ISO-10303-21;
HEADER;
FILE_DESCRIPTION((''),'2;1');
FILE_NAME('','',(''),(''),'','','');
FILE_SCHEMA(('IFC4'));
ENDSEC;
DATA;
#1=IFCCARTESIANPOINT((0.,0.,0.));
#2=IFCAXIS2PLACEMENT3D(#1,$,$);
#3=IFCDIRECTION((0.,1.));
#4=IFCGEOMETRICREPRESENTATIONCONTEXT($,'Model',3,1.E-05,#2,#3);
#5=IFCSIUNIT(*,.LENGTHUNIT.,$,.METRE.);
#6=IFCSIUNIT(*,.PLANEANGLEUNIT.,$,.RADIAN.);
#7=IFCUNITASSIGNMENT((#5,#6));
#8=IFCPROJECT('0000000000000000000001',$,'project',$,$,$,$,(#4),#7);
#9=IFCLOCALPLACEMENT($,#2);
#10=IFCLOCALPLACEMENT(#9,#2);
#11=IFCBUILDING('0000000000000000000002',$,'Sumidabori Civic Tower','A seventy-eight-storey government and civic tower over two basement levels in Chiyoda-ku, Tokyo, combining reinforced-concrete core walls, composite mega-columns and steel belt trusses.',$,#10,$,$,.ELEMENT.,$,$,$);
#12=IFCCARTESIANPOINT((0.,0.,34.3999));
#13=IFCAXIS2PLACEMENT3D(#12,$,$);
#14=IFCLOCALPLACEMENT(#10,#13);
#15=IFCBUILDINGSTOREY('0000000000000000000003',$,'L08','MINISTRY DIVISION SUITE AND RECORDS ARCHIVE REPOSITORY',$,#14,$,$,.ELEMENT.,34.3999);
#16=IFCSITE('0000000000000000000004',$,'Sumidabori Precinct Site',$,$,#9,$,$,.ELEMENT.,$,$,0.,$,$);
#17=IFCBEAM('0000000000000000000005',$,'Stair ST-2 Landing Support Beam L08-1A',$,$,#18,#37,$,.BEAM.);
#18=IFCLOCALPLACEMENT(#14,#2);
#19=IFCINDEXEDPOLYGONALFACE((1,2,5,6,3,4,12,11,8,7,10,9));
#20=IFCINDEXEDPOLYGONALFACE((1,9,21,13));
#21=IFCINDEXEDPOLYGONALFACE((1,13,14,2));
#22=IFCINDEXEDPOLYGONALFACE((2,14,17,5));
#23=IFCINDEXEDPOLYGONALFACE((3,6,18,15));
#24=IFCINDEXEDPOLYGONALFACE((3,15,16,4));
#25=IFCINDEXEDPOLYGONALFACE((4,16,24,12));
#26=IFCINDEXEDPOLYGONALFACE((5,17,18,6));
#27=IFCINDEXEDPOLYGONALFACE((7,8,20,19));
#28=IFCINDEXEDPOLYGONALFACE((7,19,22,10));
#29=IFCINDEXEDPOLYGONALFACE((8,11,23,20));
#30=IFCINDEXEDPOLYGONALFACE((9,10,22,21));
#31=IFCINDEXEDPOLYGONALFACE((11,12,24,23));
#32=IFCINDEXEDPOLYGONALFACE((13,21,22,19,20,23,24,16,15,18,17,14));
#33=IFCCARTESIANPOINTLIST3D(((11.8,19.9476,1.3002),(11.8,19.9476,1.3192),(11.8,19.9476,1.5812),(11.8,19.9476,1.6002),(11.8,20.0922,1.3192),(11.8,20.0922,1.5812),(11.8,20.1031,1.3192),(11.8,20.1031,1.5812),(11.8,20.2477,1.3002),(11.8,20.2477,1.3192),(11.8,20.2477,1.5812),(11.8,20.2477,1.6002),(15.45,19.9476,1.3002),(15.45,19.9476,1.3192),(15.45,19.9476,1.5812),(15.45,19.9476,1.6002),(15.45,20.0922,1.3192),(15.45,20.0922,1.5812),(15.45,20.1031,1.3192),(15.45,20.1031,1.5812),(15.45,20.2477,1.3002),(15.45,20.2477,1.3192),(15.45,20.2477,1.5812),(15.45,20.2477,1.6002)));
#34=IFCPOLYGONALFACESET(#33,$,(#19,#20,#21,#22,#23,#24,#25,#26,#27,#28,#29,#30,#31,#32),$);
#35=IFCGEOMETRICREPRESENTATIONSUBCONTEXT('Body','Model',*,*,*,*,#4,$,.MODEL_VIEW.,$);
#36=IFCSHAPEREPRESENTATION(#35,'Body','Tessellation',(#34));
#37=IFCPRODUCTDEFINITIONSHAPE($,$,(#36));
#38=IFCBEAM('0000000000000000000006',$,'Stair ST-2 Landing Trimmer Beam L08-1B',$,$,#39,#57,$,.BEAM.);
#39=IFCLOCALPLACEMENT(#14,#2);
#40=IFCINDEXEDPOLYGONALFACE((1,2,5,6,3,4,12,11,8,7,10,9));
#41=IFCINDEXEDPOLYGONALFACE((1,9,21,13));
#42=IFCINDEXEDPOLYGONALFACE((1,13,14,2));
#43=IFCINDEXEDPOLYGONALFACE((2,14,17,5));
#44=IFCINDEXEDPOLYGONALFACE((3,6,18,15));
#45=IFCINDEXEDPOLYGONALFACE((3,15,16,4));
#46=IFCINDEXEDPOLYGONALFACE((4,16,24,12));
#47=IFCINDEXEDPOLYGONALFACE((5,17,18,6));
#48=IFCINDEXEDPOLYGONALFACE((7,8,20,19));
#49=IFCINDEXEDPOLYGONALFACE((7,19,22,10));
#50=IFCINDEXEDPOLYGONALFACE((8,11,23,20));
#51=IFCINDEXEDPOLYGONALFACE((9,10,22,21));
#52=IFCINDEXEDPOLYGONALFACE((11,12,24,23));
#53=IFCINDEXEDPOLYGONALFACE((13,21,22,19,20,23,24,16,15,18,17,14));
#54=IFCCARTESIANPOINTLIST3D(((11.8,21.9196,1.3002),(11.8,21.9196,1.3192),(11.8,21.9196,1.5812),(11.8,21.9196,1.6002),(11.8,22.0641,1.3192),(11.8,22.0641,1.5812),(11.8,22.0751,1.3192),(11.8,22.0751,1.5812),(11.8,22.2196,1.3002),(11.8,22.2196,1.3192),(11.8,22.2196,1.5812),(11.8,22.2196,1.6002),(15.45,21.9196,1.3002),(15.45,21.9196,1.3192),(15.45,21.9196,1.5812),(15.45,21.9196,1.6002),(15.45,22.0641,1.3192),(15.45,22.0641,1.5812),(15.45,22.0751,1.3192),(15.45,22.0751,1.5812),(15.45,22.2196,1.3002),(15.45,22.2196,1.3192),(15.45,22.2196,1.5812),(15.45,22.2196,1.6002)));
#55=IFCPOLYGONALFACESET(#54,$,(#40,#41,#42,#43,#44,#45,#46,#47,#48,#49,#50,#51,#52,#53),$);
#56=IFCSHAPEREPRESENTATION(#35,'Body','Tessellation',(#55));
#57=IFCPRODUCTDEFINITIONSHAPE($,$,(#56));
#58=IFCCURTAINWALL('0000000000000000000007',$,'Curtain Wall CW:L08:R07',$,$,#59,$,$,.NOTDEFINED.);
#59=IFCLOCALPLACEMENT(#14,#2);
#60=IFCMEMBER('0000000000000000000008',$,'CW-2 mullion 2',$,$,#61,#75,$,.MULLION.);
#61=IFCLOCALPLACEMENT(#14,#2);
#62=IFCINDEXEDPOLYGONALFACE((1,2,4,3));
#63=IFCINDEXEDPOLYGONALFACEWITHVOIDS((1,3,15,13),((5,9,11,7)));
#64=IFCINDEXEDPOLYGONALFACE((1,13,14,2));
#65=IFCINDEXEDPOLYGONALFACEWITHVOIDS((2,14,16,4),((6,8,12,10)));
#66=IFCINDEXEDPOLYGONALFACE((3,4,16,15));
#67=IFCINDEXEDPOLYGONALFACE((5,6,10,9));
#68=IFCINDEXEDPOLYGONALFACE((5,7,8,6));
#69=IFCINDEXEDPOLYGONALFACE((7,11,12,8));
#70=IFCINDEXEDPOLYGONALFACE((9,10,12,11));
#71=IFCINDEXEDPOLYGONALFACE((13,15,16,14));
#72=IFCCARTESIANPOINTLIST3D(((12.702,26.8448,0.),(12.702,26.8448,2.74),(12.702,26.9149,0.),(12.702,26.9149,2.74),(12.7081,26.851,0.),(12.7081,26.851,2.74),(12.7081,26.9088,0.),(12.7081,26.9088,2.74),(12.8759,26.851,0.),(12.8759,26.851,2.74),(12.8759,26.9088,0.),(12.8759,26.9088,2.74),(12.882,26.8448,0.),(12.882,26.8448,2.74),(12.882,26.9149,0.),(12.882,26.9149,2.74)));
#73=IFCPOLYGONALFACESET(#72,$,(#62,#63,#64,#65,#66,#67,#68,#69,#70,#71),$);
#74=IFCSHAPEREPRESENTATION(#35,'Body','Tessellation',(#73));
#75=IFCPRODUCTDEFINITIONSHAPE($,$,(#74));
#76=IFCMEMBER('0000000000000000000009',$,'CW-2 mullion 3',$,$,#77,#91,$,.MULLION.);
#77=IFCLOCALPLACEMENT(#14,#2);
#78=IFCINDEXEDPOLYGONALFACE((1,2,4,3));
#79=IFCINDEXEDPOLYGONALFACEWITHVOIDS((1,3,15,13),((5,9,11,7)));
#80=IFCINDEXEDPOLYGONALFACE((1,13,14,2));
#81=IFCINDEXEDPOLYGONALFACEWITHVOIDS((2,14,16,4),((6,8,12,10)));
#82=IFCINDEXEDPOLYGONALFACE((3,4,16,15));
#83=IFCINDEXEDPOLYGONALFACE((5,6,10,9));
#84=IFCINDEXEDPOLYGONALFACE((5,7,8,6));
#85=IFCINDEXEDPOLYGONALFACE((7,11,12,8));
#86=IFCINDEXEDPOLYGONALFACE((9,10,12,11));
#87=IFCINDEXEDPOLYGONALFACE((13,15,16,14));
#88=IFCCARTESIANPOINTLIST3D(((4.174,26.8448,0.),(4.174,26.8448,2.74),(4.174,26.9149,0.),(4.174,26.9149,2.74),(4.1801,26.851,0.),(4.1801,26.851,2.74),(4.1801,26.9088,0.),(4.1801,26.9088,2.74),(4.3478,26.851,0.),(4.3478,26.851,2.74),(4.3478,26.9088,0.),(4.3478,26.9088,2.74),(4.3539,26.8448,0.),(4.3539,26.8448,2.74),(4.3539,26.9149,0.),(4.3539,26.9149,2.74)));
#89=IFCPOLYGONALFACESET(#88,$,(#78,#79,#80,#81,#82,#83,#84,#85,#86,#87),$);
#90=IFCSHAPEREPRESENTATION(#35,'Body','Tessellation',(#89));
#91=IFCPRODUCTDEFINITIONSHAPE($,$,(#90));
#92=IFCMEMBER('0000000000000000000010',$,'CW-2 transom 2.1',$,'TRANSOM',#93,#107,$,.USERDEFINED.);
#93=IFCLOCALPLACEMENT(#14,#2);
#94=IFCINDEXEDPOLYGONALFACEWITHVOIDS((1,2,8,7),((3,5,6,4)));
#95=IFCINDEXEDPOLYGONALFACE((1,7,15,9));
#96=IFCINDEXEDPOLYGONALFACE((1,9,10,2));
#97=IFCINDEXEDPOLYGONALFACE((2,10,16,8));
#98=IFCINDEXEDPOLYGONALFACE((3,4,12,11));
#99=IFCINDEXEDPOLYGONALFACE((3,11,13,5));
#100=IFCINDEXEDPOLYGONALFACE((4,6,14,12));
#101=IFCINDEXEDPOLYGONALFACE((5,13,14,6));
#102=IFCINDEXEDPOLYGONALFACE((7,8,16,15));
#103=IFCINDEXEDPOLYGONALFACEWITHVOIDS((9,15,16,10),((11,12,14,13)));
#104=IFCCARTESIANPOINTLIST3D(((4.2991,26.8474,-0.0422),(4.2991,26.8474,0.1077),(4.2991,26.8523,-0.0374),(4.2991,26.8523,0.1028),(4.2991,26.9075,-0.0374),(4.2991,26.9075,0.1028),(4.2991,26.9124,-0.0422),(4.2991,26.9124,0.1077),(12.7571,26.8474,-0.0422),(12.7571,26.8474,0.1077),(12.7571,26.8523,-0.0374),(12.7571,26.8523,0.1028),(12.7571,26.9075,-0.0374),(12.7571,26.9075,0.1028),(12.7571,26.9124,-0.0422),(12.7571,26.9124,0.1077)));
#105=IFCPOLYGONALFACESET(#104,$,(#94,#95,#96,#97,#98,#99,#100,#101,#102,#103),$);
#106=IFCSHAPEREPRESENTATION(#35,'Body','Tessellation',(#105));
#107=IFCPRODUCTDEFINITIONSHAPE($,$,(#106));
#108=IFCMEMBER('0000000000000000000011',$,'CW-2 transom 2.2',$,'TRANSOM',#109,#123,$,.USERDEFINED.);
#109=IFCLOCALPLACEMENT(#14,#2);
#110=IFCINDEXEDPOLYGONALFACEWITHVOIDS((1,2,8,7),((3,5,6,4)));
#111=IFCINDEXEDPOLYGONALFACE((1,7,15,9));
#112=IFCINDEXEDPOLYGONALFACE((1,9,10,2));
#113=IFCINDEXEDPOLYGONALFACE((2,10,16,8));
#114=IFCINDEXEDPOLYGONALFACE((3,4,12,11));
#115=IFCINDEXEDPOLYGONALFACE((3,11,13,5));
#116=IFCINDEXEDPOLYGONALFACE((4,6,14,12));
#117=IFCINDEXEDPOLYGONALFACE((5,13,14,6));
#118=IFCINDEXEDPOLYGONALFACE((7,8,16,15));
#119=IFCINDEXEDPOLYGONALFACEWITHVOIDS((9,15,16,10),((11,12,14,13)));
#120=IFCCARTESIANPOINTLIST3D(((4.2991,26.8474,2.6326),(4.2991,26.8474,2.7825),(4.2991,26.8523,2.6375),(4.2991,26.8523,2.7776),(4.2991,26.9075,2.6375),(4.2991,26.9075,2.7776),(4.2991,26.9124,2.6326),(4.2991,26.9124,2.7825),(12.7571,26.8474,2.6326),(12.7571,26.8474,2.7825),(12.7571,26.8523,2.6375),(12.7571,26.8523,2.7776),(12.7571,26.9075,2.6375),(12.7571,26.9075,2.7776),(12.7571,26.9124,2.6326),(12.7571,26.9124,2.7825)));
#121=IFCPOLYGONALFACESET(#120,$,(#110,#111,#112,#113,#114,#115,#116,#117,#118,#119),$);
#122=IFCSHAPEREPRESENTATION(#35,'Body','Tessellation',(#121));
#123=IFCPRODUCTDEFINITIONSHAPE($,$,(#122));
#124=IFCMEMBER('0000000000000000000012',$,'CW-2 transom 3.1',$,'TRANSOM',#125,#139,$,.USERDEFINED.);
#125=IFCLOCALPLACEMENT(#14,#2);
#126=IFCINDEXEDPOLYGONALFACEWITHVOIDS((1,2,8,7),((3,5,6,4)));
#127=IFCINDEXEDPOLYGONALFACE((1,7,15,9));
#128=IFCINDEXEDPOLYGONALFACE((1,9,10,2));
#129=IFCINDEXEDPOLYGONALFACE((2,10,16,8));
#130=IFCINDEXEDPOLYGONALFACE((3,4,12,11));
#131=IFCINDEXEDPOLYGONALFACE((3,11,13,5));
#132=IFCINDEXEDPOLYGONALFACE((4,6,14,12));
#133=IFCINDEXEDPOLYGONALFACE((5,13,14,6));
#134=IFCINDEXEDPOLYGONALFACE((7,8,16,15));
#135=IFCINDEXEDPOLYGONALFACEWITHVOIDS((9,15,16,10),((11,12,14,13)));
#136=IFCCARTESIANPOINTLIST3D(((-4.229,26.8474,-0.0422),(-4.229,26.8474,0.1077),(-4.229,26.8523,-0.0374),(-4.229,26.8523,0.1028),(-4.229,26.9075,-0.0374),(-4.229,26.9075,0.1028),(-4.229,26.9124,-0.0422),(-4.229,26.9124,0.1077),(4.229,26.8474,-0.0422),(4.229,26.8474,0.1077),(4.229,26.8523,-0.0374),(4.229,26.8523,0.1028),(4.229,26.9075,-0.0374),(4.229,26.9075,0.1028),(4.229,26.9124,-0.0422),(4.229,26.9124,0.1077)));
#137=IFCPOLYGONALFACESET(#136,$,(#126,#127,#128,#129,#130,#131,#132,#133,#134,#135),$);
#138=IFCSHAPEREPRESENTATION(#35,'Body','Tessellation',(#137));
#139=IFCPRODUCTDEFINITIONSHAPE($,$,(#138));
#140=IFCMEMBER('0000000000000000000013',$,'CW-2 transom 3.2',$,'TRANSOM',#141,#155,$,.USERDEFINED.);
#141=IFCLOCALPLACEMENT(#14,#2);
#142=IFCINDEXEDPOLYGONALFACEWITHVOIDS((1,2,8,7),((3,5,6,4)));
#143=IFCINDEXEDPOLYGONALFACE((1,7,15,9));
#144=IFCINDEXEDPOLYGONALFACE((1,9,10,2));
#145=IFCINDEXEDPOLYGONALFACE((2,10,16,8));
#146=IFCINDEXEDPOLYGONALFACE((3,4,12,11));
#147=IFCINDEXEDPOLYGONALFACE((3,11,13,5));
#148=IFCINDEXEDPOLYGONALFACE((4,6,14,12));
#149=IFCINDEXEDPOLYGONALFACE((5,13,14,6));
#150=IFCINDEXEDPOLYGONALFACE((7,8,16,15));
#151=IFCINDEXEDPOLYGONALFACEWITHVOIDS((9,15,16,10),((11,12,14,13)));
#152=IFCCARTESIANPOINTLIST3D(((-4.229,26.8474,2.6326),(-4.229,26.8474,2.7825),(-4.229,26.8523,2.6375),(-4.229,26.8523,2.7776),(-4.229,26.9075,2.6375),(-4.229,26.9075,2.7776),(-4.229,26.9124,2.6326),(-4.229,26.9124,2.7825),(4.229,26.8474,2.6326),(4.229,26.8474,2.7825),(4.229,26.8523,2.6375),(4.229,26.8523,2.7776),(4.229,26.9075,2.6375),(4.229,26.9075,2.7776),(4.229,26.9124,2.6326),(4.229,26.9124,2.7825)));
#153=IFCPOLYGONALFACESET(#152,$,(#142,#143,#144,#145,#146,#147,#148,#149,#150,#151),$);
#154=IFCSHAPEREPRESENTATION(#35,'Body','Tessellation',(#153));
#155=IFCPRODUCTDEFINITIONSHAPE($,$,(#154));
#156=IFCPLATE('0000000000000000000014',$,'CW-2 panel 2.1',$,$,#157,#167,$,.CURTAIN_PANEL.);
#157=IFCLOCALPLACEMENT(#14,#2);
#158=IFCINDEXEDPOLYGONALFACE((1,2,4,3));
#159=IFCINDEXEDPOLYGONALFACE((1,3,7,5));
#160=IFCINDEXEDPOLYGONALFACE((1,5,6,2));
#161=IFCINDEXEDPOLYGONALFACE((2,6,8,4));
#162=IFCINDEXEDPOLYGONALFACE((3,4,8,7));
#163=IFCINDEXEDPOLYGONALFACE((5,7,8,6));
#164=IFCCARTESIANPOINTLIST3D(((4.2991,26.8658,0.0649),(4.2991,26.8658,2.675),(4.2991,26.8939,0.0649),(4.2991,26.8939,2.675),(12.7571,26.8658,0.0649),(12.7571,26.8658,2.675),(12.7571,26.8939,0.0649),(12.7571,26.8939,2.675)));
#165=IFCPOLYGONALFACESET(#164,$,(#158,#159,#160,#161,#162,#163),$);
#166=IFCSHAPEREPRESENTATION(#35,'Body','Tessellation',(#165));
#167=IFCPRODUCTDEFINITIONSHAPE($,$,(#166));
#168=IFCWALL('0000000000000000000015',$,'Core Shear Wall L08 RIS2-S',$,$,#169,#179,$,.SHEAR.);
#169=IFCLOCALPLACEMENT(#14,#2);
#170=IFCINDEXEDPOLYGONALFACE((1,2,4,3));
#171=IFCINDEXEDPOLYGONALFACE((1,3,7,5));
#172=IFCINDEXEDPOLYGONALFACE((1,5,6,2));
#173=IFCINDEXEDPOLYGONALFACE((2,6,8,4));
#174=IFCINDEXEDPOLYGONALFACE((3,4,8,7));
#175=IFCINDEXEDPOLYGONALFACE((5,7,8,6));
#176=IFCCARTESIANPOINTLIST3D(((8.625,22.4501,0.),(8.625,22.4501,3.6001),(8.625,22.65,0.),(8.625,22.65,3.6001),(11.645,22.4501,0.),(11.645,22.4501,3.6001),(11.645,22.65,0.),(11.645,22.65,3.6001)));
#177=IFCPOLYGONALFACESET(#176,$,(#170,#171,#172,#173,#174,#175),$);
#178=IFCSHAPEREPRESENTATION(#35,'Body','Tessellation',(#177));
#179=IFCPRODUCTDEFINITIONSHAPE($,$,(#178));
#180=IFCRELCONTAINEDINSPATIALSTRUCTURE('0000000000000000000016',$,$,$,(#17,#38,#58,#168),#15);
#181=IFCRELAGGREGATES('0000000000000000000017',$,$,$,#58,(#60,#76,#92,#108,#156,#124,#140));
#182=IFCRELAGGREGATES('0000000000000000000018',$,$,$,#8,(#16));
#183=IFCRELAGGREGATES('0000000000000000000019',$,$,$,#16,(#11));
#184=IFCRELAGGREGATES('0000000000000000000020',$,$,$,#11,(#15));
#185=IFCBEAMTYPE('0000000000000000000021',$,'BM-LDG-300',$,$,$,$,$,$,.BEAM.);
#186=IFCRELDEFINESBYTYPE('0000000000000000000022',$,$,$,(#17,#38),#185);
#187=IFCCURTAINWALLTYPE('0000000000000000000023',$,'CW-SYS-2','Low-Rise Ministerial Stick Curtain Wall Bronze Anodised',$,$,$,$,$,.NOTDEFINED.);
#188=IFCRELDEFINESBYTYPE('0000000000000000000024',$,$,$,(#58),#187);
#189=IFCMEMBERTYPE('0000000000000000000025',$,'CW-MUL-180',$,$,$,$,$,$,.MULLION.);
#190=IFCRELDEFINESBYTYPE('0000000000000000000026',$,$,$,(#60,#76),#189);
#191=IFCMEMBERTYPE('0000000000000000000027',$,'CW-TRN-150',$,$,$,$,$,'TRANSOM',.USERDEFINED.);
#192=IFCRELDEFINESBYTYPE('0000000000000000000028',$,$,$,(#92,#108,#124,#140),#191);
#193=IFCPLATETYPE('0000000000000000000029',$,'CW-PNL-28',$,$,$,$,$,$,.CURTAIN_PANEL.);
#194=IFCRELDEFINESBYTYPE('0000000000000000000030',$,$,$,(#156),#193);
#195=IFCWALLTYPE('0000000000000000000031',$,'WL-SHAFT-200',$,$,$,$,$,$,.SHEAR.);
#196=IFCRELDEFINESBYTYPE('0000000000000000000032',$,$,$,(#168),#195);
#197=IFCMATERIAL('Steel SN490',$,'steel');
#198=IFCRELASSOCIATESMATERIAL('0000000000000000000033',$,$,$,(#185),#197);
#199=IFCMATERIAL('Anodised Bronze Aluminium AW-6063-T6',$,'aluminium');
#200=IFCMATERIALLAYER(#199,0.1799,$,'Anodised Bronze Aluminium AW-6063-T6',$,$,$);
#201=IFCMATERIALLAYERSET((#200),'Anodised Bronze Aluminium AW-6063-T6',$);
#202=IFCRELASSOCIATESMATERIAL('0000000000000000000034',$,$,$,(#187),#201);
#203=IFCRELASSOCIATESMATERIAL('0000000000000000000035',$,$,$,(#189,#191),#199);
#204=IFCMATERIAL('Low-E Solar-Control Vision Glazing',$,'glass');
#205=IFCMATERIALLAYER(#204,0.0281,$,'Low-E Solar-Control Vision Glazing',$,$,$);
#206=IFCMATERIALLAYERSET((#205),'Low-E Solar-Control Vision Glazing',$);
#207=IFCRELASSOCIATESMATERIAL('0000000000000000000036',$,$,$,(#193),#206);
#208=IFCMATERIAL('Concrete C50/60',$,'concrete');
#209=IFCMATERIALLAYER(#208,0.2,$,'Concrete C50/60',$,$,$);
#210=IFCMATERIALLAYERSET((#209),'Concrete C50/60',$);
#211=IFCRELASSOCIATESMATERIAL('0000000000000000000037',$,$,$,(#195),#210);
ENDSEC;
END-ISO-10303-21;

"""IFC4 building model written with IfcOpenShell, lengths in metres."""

from ifc_helpers import new_model, si_unit, direction, frame, frame_2d, origin, origin_2d, place, context, subcontext, project, spatial, rectangle, hollow_rectangle, i_section, extrude, source, transform, mapped, material, layer, layer_set, material_profile, profile_set, type_object, element, aggregate, save


model = new_model("IFC4")

# Units and contexts
model_context = context("Model", 3, precision=1e-05, world=origin(), true_north=direction((0.0, 1.0)))
body_context = subcontext(model_context, "Body", "Model", "MODEL_VIEW")
ifc_project = project(units=[si_unit("LENGTHUNIT", "METRE"), si_unit("PLANEANGLEUNIT", "RADIAN")], contexts=[model_context])

# Site, building, storey
site_placement = place(None, origin())
site = spatial("IfcSite", under=ifc_project, at=site_placement, Name="Sumidabori Precinct Site", CompositionType="ELEMENT", RefElevation=0.0)
building_placement = place(site_placement, origin())
building = spatial("IfcBuilding", under=site, at=building_placement, Name="Sumidabori Civic Tower", Description="A seventy-eight-storey government and civic tower over two basement levels in Chiyoda-ku, Tokyo, combining reinforced-concrete core walls, composite mega-columns and steel belt trusses.", CompositionType="ELEMENT")
storey_placement = place(building_placement, frame((0.0, 0.0, 34.3999)))
storey = spatial("IfcBuildingStorey", under=building, at=storey_placement, Name="L08", Description="MINISTRY DIVISION SUITE AND RECORDS ARCHIVE REPOSITORY", CompositionType="ELEMENT", Elevation=34.3999)

# Beams
ifc_material_1 = material(Name="Steel SN490", Category="steel")
ifc_material_profile_1 = material_profile(ifc_material_1, i_section(OverallWidth=0.3, OverallDepth=0.3, WebThickness=0.011, FlangeThickness=0.019, at=origin_2d()), Name="HE 300 B")
ifc_profile_set_1 = profile_set([ifc_material_profile_1], Name="Steel SN490")
beam_type = type_object("IfcBeamType", Name="BM-LDG-300", PredefinedType="BEAM", material=ifc_profile_set_1)
shared_shape_1 = source(origin(), body_context, "Body", "SweptSolid", [
    extrude(i_section(OverallWidth=0.3, OverallDepth=0.3, WebThickness=0.011, FlangeThickness=0.019, at=origin_2d()), origin(), (0.0, 0.0, 1.0), 3.6499),
])
for number, where, z_axis, x_axis, name in (
    (1, (11.8, 20.0977, 1.4502), (1.0, 0.0, 0.0), (0.0, 1.0, 0.0), "Stair ST-2 Landing Support Beam L08-1A"),
    (2, (11.8, 22.0696, 1.4502), (1.0, 0.0, 0.0), (0.0, 1.0, 0.0), "Stair ST-2 Landing Trimmer Beam L08-1B"),
):
    element("IfcBeam", number, at=place(storey_placement, frame(where, z_axis=z_axis, x_axis=x_axis)), inside=storey, type_object=beam_type, Name=name, PredefinedType="BEAM", context=body_context, shape_type="MappedRepresentation", body=[
        mapped(shared_shape_1, transform((0.0, 0.0, 0.0), x_axis=(1.0, 0.0, 0.0), y_axis=(0.0, 1.0, 0.0), z_axis=(0.0, 0.0, 1.0), scale=1.0)),
    ])

# Curtain wall, members, plate
ifc_material_2 = material(Name="Anodised Bronze Aluminium AW-6063-T6", Category="aluminium")
ifc_layer_1 = layer(ifc_material_2, 0.1799, Name="Anodised Bronze Aluminium AW-6063-T6")
ifc_layer_set_1 = layer_set([ifc_layer_1], Name="Anodised Bronze Aluminium AW-6063-T6")
curtain_wall_type = type_object("IfcCurtainWallType", Name="CW-SYS-2", Description="Low-Rise Ministerial Stick Curtain Wall Bronze Anodised", PredefinedType="NOTDEFINED", material=ifc_layer_set_1)
curtain_wall_placement = place(storey_placement, origin())
curtain_wall = element("IfcCurtainWall", 3, at=curtain_wall_placement, inside=storey, type_object=curtain_wall_type, Name="Curtain Wall CW:L08:R07", PredefinedType="NOTDEFINED")
ifc_material_profile_2 = material_profile(ifc_material_2, hollow_rectangle(XDim=0.0701, YDim=0.1799, WallThickness=0.0061, at=origin_2d()), Name="ALU MULLION 180x70")
ifc_profile_set_2 = profile_set([ifc_material_profile_2], Name="Anodised Bronze Aluminium AW-6063-T6")
member_type_1 = type_object("IfcMemberType", Name="CW-MUL-180", PredefinedType="MULLION", material=ifc_profile_set_2)
shared_shape_2 = source(origin(), body_context, "Body", "SweptSolid", [
    extrude(hollow_rectangle(XDim=0.0701, YDim=0.1799, WallThickness=0.0061, at=origin_2d()), origin(), (0.0, 0.0, 1.0), 2.74),
])
member_1_placement = place(storey_placement, frame((12.792, 26.8799, 0.0), z_axis=(0.0, 0.0, 1.0), x_axis=(0.0, -1.0, 0.0)))
member_1 = element("IfcMember", 4, at=member_1_placement, type_object=member_type_1, Name="CW-2 mullion 2", PredefinedType="MULLION", context=body_context, shape_type="MappedRepresentation", body=[
    mapped(shared_shape_2, transform((0.0, 0.0, 0.0), x_axis=(1.0, 0.0, 0.0), y_axis=(0.0, 1.0, 0.0), z_axis=(0.0, 0.0, 1.0), scale=1.0)),
])
member_2_placement = place(storey_placement, frame((4.2639, 26.8799, 0.0), z_axis=(0.0, 0.0, 1.0), x_axis=(0.0, -1.0, 0.0)))
member_2 = element("IfcMember", 5, at=member_2_placement, type_object=member_type_1, Name="CW-2 mullion 3", PredefinedType="MULLION", context=body_context, shape_type="MappedRepresentation", body=[
    mapped(shared_shape_2, transform((0.0, 0.0, 0.0), x_axis=(1.0, 0.0, 0.0), y_axis=(0.0, 1.0, 0.0), z_axis=(0.0, 0.0, 1.0), scale=1.0)),
])
ifc_material_profile_3 = material_profile(ifc_material_2, hollow_rectangle(XDim=0.0649, YDim=0.1499, WallThickness=0.0049, at=origin_2d()), Name="ALU TRANSOM 150x65")
ifc_profile_set_3 = profile_set([ifc_material_profile_3], Name="Anodised Bronze Aluminium AW-6063-T6")
member_type_2 = type_object("IfcMemberType", Name="CW-TRN-150", ElementType="TRANSOM", PredefinedType="USERDEFINED", material=ifc_profile_set_3)
shared_shape_3 = source(origin(), body_context, "Body", "SweptSolid", [
    extrude(hollow_rectangle(XDim=0.0649, YDim=0.1499, WallThickness=0.0049, at=origin_2d()), origin(), (0.0, 0.0, 1.0), 8.458),
])
member_3_placement = place(storey_placement, frame((12.7571, 26.8799, 0.0327), z_axis=(-1.0, 0.0, 0.0), x_axis=(0.0, -1.0, 0.0)))
member_3 = element("IfcMember", 6, at=member_3_placement, type_object=member_type_2, Name="CW-2 transom 2.1", ObjectType="TRANSOM", PredefinedType="USERDEFINED", context=body_context, shape_type="MappedRepresentation", body=[
    mapped(shared_shape_3, transform((0.0, 0.0, 0.0), x_axis=(1.0, 0.0, 0.0), y_axis=(0.0, 1.0, 0.0), z_axis=(0.0, 0.0, 1.0), scale=1.0)),
])
member_4_placement = place(storey_placement, frame((12.7571, 26.8799, 2.7075), z_axis=(-1.0, 0.0, 0.0), x_axis=(0.0, -1.0, 0.0)))
member_4 = element("IfcMember", 7, at=member_4_placement, type_object=member_type_2, Name="CW-2 transom 2.2", ObjectType="TRANSOM", PredefinedType="USERDEFINED", context=body_context, shape_type="MappedRepresentation", body=[
    mapped(shared_shape_3, transform((0.0, 0.0, 0.0), x_axis=(1.0, 0.0, 0.0), y_axis=(0.0, 1.0, 0.0), z_axis=(0.0, 0.0, 1.0), scale=1.0)),
])
member_5_placement = place(storey_placement, frame((4.229, 26.8799, 0.0327), z_axis=(-1.0, 0.0, 0.0), x_axis=(0.0, -1.0, 0.0)))
member_5 = element("IfcMember", 8, at=member_5_placement, type_object=member_type_2, Name="CW-2 transom 3.1", ObjectType="TRANSOM", PredefinedType="USERDEFINED", context=body_context, shape_type="MappedRepresentation", body=[
    mapped(shared_shape_3, transform((0.0, 0.0, 0.0), x_axis=(1.0, 0.0, 0.0), y_axis=(0.0, 1.0, 0.0), z_axis=(0.0, 0.0, 1.0), scale=1.0)),
])
member_6_placement = place(storey_placement, frame((4.229, 26.8799, 2.7075), z_axis=(-1.0, 0.0, 0.0), x_axis=(0.0, -1.0, 0.0)))
member_6 = element("IfcMember", 9, at=member_6_placement, type_object=member_type_2, Name="CW-2 transom 3.2", ObjectType="TRANSOM", PredefinedType="USERDEFINED", context=body_context, shape_type="MappedRepresentation", body=[
    mapped(shared_shape_3, transform((0.0, 0.0, 0.0), x_axis=(1.0, 0.0, 0.0), y_axis=(0.0, 1.0, 0.0), z_axis=(0.0, 0.0, 1.0), scale=1.0)),
])
ifc_material_3 = material(Name="Low-E Solar-Control Vision Glazing", Category="glass")
ifc_layer_2 = layer(ifc_material_3, 0.0281, Name="Low-E Solar-Control Vision Glazing")
ifc_layer_set_2 = layer_set([ifc_layer_2], Name="Low-E Solar-Control Vision Glazing")
plate_type = type_object("IfcPlateType", Name="CW-PNL-28", PredefinedType="CURTAIN_PANEL", material=ifc_layer_set_2)
shared_shape_4 = source(origin(), body_context, "Body", "SweptSolid", [
    extrude(rectangle(XDim=8.458, YDim=0.0281, at=origin_2d()), origin(), (0.0, 0.0, 1.0), 2.6101),
])
plate_placement = place(storey_placement, frame((8.5281, 26.8799, 0.0649), z_axis=(0.0, 0.0, 1.0), x_axis=(-1.0, 0.0, 0.0)))
plate = element("IfcPlate", 10, at=plate_placement, type_object=plate_type, Name="CW-2 panel 2.1", PredefinedType="CURTAIN_PANEL", context=body_context, shape_type="MappedRepresentation", body=[
    mapped(shared_shape_4, transform((0.0, 0.0, 0.0), x_axis=(1.0, 0.0, 0.0), y_axis=(0.0, 1.0, 0.0), z_axis=(0.0, 0.0, 1.0), scale=1.0)),
])
aggregate(curtain_wall, [member_1, member_2, member_3, member_4, plate, member_5, member_6])

# Wall
ifc_material_4 = material(Name="Concrete C50/60", Category="concrete")
ifc_layer_3 = layer(ifc_material_4, 0.2, Name="Concrete C50/60")
ifc_layer_set_3 = layer_set([ifc_layer_3], Name="Concrete C50/60")
wall_type_1 = type_object("IfcWallType", Name="WL-SHAFT-200", PredefinedType="SHEAR", material=ifc_layer_set_3)
shared_shape_5 = source(origin(), body_context, "Body", "SweptSolid", [
    extrude(rectangle(XDim=3.02, YDim=0.2, at=frame_2d((1.51, 0.0))), origin(), (0.0, 0.0, 1.0), 3.6001),
])
wall_1_placement = place(storey_placement, frame((8.625, 22.55, 0.0), z_axis=(0.0, 0.0, 1.0), x_axis=(1.0, 0.0, 0.0)))
element("IfcWall", 11, at=wall_1_placement, inside=storey, type_object=wall_type_1, Name="Core Shear Wall L08 RIS2-S", PredefinedType="SHEAR", context=body_context, shape_type="MappedRepresentation", body=[
    mapped(shared_shape_5, transform((0.0, 0.0, 0.0), x_axis=(1.0, 0.0, 0.0), y_axis=(0.0, 1.0, 0.0), z_axis=(0.0, 0.0, 1.0), scale=1.0)),
])

save(model, "model.ifc")
